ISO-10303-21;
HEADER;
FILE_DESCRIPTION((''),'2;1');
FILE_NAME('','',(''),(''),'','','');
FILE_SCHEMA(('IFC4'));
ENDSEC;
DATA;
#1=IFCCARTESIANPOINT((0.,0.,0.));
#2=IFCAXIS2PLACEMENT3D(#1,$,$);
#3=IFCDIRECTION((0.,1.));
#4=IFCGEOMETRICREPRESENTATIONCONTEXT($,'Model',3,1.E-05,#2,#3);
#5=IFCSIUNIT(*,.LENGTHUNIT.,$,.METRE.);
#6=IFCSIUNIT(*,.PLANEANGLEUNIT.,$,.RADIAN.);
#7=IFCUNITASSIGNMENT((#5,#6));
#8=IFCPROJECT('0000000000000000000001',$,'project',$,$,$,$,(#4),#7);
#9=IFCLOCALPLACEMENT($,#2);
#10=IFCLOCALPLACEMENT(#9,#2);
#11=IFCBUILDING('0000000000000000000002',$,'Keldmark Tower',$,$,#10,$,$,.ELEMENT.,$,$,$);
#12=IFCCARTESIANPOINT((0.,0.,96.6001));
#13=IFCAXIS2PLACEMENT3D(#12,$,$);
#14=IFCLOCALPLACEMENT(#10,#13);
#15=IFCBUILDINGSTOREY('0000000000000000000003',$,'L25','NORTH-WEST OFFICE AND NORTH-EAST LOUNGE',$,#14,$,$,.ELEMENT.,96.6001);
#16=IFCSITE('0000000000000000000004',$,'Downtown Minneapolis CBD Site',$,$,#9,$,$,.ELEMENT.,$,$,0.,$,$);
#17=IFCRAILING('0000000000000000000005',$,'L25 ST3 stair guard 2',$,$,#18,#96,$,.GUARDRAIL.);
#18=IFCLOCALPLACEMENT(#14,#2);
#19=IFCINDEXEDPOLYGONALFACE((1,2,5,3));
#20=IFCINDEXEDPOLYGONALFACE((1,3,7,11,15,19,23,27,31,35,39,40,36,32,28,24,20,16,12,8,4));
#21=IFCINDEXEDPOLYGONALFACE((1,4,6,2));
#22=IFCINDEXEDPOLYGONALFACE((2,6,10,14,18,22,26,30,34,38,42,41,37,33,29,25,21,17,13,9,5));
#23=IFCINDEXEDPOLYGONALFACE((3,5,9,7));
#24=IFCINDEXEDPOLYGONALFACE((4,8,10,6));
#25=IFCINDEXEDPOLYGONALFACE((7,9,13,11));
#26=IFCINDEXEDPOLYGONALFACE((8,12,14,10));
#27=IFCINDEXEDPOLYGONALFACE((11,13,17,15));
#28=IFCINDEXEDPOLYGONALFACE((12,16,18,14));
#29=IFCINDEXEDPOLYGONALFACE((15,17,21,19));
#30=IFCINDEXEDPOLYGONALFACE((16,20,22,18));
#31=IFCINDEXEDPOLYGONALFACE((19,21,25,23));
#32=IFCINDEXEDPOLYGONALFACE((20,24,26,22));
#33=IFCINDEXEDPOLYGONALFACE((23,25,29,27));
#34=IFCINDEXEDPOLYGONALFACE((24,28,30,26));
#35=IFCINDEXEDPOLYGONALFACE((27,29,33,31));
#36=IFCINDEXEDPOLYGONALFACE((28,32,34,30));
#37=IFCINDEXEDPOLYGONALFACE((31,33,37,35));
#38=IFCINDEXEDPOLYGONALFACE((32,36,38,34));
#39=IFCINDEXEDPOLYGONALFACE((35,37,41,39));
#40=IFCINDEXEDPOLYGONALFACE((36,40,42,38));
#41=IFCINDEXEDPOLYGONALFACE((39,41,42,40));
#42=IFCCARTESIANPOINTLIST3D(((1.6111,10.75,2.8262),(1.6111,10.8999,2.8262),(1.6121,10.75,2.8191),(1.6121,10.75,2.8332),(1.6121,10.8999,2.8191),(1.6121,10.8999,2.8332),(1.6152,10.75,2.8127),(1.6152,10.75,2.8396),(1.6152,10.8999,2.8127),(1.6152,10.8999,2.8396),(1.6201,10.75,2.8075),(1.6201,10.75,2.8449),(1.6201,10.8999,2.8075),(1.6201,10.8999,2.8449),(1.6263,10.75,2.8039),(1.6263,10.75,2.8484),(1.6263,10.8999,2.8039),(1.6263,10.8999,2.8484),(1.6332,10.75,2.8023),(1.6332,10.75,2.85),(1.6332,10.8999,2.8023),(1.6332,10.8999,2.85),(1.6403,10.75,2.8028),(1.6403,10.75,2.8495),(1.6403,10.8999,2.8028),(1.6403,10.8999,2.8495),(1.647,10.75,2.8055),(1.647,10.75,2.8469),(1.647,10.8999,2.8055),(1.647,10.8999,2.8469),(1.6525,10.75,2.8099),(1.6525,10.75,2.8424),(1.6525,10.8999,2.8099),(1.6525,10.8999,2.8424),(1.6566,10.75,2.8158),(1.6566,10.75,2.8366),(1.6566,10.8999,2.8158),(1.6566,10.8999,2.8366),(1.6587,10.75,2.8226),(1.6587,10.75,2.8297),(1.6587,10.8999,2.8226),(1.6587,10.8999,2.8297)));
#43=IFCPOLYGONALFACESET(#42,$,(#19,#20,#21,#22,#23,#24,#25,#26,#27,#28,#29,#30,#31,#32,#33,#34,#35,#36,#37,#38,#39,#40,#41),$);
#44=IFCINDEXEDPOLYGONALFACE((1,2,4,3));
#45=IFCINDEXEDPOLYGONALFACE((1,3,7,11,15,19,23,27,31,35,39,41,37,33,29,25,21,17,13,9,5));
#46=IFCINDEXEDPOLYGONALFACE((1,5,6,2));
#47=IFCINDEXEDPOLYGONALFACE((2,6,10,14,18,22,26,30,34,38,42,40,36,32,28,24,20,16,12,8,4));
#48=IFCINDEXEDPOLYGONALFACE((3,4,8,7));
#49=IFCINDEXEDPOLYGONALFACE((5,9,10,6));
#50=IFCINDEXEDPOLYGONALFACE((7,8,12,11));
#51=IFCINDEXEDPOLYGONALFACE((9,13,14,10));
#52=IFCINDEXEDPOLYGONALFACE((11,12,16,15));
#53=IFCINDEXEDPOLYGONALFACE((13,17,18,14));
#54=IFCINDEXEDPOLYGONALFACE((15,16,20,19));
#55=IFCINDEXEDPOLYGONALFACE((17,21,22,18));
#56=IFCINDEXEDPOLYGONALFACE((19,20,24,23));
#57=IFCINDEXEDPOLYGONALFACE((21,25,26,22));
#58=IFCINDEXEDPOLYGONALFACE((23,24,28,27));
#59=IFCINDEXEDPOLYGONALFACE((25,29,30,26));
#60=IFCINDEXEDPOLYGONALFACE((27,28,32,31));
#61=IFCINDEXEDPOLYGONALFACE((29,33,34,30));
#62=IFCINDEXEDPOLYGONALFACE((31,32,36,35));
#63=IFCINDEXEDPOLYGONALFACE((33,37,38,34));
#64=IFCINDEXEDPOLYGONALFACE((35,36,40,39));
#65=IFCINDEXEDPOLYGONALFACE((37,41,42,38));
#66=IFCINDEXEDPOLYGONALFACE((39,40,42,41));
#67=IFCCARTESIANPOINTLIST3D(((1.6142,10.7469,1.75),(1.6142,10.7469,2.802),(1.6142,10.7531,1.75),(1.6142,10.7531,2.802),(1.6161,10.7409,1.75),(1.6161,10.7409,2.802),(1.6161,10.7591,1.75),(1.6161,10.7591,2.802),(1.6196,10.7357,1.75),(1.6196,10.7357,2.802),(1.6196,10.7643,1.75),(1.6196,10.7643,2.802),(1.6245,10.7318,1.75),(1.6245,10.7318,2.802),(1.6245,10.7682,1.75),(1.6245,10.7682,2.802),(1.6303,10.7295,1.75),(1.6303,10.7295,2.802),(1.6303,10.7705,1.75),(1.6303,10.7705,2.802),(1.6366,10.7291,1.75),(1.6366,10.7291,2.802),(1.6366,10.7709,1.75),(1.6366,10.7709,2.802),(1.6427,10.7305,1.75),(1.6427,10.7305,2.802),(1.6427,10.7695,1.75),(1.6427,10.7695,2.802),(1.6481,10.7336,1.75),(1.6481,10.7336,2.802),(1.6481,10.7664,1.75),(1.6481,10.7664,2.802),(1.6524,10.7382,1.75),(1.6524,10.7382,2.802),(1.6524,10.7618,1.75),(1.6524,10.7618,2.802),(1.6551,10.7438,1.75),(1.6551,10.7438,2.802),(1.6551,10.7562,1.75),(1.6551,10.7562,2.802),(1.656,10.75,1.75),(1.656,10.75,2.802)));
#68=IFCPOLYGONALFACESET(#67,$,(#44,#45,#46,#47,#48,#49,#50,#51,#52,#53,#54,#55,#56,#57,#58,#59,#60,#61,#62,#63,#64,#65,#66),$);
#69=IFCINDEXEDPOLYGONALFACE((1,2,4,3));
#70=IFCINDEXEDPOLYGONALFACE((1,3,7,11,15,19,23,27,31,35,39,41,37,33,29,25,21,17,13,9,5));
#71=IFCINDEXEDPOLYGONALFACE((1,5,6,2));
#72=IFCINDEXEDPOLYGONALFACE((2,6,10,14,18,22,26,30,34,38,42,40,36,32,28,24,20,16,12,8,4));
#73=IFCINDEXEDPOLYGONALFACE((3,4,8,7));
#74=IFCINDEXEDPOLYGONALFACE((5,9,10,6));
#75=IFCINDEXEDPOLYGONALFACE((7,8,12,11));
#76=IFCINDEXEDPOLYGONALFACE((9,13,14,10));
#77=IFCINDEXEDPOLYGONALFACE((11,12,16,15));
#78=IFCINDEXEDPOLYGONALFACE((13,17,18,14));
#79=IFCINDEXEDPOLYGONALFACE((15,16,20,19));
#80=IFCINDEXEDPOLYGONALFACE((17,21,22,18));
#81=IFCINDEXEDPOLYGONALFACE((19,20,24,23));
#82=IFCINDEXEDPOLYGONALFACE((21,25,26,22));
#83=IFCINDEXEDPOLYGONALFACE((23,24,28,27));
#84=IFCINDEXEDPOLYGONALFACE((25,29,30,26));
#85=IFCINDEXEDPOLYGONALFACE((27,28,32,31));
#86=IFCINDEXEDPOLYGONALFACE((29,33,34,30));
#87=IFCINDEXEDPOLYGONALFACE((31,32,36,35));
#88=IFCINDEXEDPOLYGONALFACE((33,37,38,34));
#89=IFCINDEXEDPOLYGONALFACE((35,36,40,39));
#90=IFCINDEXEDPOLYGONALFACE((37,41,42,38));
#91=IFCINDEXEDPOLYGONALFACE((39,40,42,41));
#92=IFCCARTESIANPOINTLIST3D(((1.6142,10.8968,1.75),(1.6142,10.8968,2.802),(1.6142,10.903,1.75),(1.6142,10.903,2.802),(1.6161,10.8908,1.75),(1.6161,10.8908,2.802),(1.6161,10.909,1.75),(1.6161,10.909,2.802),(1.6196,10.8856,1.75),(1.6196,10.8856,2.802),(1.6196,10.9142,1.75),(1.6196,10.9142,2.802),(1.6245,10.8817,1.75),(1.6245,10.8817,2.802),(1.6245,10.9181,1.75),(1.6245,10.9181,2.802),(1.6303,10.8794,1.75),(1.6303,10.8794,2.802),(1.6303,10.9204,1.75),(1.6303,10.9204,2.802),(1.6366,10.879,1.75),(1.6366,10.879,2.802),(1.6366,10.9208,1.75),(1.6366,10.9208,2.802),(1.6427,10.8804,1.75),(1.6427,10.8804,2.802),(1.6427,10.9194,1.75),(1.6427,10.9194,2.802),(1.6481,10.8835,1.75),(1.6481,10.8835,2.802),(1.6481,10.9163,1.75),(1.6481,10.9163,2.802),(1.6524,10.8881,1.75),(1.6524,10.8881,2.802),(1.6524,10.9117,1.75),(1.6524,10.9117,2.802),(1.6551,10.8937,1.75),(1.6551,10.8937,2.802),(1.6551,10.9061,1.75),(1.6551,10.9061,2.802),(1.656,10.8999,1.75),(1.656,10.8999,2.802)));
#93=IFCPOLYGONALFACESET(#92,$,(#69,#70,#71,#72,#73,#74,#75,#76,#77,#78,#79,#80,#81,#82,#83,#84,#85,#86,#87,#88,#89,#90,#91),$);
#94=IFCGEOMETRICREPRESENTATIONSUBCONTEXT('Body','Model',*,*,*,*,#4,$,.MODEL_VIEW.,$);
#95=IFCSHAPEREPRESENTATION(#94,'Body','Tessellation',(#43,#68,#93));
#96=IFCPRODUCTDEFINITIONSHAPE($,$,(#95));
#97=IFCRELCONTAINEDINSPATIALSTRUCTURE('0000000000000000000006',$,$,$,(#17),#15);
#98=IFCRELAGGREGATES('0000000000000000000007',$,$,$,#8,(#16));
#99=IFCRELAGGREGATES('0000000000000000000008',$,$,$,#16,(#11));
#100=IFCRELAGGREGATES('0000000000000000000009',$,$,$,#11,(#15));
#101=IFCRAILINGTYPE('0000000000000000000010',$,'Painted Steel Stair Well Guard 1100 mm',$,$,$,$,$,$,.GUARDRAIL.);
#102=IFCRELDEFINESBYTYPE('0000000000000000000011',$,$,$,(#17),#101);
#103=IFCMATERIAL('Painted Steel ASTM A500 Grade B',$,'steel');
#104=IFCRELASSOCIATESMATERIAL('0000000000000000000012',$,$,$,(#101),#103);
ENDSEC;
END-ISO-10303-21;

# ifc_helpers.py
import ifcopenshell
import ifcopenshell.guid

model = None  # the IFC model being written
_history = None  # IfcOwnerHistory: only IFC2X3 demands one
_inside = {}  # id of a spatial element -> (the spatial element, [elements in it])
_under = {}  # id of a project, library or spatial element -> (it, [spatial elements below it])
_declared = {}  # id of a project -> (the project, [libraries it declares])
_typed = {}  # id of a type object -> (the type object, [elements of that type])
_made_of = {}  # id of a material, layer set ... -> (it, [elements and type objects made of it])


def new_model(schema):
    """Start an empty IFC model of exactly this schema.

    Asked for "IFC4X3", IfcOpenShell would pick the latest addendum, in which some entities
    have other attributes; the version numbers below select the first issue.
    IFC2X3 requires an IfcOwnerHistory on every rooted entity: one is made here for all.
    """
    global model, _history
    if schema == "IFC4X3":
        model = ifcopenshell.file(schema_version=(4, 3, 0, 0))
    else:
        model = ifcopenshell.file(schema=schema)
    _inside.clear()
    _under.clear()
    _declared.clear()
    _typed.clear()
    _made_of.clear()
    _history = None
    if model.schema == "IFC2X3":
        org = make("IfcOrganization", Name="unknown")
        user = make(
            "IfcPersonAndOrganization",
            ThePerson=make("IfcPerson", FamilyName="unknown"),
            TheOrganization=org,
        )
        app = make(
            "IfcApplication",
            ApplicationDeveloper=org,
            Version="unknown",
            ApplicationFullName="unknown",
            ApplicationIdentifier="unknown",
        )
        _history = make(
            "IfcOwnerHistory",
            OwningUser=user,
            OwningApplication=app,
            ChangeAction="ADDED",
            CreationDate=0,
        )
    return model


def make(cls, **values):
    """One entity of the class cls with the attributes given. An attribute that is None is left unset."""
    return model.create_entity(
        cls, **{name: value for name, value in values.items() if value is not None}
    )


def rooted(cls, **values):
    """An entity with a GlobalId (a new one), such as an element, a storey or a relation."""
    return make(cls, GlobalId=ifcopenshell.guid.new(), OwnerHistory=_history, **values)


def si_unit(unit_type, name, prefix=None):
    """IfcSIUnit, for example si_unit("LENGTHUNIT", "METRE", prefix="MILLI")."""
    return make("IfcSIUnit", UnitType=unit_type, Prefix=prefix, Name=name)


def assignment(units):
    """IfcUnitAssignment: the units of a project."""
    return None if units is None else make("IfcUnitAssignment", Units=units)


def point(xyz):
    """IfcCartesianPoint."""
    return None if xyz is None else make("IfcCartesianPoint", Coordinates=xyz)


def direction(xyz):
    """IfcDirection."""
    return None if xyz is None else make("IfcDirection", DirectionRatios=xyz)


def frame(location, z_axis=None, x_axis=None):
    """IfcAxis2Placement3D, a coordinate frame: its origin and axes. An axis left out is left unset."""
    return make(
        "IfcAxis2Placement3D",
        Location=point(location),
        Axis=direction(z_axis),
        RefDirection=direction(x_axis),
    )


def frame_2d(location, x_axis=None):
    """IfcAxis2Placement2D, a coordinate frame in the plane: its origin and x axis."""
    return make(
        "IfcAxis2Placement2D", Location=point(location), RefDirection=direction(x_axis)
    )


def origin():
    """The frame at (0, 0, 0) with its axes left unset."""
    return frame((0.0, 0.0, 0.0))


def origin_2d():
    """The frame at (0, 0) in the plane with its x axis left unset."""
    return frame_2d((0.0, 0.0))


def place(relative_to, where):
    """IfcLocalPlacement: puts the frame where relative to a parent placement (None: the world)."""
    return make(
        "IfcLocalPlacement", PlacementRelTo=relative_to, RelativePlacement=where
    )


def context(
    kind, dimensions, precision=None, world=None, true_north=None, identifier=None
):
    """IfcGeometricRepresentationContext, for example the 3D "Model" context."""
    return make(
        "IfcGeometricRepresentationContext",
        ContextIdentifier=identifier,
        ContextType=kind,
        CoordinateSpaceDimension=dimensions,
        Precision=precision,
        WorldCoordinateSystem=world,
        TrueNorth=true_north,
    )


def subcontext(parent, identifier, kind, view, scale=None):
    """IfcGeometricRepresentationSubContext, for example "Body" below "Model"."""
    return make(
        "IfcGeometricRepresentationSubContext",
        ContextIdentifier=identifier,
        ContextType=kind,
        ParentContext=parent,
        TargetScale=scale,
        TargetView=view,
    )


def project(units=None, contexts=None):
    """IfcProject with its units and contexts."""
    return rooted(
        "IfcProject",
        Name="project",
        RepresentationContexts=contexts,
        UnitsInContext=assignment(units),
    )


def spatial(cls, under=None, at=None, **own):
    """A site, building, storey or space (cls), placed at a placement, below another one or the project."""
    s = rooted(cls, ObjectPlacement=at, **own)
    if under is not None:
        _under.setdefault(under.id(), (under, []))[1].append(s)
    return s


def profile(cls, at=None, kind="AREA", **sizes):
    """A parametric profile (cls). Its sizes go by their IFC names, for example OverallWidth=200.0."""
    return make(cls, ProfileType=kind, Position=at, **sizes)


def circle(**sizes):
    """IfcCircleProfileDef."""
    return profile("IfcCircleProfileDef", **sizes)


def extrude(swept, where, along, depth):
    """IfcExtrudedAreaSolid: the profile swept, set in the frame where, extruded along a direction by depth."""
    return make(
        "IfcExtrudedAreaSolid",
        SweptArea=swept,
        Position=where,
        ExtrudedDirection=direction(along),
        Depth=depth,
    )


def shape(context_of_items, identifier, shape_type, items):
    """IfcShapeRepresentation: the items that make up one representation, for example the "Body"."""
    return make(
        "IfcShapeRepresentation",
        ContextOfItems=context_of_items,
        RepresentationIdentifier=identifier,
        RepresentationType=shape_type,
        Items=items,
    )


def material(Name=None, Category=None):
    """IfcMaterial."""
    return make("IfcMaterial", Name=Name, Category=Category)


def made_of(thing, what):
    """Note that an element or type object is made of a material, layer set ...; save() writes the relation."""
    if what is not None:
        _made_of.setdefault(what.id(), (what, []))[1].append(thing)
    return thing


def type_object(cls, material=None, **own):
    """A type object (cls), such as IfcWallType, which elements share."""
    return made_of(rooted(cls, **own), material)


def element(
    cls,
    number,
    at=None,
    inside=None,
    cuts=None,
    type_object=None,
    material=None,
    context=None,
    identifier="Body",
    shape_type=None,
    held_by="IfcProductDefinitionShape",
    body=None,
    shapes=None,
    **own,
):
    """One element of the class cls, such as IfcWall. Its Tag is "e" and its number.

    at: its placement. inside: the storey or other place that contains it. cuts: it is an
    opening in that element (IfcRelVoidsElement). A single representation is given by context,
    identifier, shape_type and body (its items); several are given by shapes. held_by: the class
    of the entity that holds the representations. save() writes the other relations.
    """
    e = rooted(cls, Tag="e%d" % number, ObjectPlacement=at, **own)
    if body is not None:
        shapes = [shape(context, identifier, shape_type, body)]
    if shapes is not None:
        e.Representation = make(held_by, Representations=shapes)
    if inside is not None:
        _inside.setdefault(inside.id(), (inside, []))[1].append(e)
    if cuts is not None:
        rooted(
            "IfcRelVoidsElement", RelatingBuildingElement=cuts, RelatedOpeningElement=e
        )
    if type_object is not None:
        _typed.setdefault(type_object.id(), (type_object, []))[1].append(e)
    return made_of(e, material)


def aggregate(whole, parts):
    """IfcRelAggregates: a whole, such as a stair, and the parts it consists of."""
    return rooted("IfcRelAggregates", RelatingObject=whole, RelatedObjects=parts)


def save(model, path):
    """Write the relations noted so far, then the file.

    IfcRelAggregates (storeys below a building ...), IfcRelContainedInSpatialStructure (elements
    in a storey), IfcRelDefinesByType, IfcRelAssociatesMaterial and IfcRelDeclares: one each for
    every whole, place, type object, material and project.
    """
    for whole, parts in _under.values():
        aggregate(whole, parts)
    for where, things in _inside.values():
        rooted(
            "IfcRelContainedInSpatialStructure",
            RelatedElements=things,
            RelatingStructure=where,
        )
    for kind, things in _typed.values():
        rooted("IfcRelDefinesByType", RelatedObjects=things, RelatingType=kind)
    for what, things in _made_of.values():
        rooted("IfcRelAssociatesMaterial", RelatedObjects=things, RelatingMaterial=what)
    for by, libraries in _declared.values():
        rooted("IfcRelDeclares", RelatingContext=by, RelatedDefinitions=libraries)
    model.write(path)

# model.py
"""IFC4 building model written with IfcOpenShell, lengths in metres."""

from ifc_helpers import new_model, si_unit, direction, frame, origin, origin_2d, place, context, subcontext, project, spatial, circle, extrude, material, type_object, element, save


model = new_model("IFC4")

# Units and contexts
model_context = context("Model", 3, precision=1e-05, world=origin(), true_north=direction((0.0, 1.0)))
body_context = subcontext(model_context, "Body", "Model", "MODEL_VIEW")
ifc_project = project(units=[si_unit("LENGTHUNIT", "METRE"), si_unit("PLANEANGLEUNIT", "RADIAN")], contexts=[model_context])

# Site, building, storey
site_placement = place(None, origin())
site = spatial("IfcSite", under=ifc_project, at=site_placement, Name="Downtown Minneapolis CBD Site", CompositionType="ELEMENT", RefElevation=0.0)
building_placement = place(site_placement, origin())
building = spatial("IfcBuilding", under=site, at=building_placement, Name="Keldmark Tower", CompositionType="ELEMENT")
storey_placement = place(building_placement, frame((0.0, 0.0, 96.6001)))
storey = spatial("IfcBuildingStorey", under=building, at=storey_placement, Name="L25", Description="NORTH-WEST OFFICE AND NORTH-EAST LOUNGE", CompositionType="ELEMENT", Elevation=96.6001)

# Railing
ifc_material_1 = material(Name="Painted Steel ASTM A500 Grade B", Category="steel")
railing_type_1 = type_object("IfcRailingType", Name="Painted Steel Stair Well Guard 1100 mm", PredefinedType="GUARDRAIL", material=ifc_material_1)
railing_1_placement = place(storey_placement, frame((1.635, 10.75, 1.75)))
element("IfcRailing", 1, at=railing_1_placement, inside=storey, type_object=railing_type_1, Name="L25 ST3 stair guard 2", PredefinedType="GUARDRAIL", context=body_context, shape_type="SweptSolid", body=[
    extrude(circle(Radius=0.0239, at=origin_2d()), frame((0.0, 0.0, 1.0762), z_axis=(0.0, 1.0, 0.0), x_axis=(-1.0, 0.0, 0.0)), (0.0, 0.0, 1.0), 0.1499),
    extrude(circle(Radius=0.021, at=origin_2d()), origin(), (0.0, 0.0, 1.0), 1.052),
    extrude(circle(Radius=0.021, at=origin_2d()), frame((0.0, 0.1499, 0.0)), (0.0, 0.0, 1.0), 1.052),
])

save(model, "model.ifc")
